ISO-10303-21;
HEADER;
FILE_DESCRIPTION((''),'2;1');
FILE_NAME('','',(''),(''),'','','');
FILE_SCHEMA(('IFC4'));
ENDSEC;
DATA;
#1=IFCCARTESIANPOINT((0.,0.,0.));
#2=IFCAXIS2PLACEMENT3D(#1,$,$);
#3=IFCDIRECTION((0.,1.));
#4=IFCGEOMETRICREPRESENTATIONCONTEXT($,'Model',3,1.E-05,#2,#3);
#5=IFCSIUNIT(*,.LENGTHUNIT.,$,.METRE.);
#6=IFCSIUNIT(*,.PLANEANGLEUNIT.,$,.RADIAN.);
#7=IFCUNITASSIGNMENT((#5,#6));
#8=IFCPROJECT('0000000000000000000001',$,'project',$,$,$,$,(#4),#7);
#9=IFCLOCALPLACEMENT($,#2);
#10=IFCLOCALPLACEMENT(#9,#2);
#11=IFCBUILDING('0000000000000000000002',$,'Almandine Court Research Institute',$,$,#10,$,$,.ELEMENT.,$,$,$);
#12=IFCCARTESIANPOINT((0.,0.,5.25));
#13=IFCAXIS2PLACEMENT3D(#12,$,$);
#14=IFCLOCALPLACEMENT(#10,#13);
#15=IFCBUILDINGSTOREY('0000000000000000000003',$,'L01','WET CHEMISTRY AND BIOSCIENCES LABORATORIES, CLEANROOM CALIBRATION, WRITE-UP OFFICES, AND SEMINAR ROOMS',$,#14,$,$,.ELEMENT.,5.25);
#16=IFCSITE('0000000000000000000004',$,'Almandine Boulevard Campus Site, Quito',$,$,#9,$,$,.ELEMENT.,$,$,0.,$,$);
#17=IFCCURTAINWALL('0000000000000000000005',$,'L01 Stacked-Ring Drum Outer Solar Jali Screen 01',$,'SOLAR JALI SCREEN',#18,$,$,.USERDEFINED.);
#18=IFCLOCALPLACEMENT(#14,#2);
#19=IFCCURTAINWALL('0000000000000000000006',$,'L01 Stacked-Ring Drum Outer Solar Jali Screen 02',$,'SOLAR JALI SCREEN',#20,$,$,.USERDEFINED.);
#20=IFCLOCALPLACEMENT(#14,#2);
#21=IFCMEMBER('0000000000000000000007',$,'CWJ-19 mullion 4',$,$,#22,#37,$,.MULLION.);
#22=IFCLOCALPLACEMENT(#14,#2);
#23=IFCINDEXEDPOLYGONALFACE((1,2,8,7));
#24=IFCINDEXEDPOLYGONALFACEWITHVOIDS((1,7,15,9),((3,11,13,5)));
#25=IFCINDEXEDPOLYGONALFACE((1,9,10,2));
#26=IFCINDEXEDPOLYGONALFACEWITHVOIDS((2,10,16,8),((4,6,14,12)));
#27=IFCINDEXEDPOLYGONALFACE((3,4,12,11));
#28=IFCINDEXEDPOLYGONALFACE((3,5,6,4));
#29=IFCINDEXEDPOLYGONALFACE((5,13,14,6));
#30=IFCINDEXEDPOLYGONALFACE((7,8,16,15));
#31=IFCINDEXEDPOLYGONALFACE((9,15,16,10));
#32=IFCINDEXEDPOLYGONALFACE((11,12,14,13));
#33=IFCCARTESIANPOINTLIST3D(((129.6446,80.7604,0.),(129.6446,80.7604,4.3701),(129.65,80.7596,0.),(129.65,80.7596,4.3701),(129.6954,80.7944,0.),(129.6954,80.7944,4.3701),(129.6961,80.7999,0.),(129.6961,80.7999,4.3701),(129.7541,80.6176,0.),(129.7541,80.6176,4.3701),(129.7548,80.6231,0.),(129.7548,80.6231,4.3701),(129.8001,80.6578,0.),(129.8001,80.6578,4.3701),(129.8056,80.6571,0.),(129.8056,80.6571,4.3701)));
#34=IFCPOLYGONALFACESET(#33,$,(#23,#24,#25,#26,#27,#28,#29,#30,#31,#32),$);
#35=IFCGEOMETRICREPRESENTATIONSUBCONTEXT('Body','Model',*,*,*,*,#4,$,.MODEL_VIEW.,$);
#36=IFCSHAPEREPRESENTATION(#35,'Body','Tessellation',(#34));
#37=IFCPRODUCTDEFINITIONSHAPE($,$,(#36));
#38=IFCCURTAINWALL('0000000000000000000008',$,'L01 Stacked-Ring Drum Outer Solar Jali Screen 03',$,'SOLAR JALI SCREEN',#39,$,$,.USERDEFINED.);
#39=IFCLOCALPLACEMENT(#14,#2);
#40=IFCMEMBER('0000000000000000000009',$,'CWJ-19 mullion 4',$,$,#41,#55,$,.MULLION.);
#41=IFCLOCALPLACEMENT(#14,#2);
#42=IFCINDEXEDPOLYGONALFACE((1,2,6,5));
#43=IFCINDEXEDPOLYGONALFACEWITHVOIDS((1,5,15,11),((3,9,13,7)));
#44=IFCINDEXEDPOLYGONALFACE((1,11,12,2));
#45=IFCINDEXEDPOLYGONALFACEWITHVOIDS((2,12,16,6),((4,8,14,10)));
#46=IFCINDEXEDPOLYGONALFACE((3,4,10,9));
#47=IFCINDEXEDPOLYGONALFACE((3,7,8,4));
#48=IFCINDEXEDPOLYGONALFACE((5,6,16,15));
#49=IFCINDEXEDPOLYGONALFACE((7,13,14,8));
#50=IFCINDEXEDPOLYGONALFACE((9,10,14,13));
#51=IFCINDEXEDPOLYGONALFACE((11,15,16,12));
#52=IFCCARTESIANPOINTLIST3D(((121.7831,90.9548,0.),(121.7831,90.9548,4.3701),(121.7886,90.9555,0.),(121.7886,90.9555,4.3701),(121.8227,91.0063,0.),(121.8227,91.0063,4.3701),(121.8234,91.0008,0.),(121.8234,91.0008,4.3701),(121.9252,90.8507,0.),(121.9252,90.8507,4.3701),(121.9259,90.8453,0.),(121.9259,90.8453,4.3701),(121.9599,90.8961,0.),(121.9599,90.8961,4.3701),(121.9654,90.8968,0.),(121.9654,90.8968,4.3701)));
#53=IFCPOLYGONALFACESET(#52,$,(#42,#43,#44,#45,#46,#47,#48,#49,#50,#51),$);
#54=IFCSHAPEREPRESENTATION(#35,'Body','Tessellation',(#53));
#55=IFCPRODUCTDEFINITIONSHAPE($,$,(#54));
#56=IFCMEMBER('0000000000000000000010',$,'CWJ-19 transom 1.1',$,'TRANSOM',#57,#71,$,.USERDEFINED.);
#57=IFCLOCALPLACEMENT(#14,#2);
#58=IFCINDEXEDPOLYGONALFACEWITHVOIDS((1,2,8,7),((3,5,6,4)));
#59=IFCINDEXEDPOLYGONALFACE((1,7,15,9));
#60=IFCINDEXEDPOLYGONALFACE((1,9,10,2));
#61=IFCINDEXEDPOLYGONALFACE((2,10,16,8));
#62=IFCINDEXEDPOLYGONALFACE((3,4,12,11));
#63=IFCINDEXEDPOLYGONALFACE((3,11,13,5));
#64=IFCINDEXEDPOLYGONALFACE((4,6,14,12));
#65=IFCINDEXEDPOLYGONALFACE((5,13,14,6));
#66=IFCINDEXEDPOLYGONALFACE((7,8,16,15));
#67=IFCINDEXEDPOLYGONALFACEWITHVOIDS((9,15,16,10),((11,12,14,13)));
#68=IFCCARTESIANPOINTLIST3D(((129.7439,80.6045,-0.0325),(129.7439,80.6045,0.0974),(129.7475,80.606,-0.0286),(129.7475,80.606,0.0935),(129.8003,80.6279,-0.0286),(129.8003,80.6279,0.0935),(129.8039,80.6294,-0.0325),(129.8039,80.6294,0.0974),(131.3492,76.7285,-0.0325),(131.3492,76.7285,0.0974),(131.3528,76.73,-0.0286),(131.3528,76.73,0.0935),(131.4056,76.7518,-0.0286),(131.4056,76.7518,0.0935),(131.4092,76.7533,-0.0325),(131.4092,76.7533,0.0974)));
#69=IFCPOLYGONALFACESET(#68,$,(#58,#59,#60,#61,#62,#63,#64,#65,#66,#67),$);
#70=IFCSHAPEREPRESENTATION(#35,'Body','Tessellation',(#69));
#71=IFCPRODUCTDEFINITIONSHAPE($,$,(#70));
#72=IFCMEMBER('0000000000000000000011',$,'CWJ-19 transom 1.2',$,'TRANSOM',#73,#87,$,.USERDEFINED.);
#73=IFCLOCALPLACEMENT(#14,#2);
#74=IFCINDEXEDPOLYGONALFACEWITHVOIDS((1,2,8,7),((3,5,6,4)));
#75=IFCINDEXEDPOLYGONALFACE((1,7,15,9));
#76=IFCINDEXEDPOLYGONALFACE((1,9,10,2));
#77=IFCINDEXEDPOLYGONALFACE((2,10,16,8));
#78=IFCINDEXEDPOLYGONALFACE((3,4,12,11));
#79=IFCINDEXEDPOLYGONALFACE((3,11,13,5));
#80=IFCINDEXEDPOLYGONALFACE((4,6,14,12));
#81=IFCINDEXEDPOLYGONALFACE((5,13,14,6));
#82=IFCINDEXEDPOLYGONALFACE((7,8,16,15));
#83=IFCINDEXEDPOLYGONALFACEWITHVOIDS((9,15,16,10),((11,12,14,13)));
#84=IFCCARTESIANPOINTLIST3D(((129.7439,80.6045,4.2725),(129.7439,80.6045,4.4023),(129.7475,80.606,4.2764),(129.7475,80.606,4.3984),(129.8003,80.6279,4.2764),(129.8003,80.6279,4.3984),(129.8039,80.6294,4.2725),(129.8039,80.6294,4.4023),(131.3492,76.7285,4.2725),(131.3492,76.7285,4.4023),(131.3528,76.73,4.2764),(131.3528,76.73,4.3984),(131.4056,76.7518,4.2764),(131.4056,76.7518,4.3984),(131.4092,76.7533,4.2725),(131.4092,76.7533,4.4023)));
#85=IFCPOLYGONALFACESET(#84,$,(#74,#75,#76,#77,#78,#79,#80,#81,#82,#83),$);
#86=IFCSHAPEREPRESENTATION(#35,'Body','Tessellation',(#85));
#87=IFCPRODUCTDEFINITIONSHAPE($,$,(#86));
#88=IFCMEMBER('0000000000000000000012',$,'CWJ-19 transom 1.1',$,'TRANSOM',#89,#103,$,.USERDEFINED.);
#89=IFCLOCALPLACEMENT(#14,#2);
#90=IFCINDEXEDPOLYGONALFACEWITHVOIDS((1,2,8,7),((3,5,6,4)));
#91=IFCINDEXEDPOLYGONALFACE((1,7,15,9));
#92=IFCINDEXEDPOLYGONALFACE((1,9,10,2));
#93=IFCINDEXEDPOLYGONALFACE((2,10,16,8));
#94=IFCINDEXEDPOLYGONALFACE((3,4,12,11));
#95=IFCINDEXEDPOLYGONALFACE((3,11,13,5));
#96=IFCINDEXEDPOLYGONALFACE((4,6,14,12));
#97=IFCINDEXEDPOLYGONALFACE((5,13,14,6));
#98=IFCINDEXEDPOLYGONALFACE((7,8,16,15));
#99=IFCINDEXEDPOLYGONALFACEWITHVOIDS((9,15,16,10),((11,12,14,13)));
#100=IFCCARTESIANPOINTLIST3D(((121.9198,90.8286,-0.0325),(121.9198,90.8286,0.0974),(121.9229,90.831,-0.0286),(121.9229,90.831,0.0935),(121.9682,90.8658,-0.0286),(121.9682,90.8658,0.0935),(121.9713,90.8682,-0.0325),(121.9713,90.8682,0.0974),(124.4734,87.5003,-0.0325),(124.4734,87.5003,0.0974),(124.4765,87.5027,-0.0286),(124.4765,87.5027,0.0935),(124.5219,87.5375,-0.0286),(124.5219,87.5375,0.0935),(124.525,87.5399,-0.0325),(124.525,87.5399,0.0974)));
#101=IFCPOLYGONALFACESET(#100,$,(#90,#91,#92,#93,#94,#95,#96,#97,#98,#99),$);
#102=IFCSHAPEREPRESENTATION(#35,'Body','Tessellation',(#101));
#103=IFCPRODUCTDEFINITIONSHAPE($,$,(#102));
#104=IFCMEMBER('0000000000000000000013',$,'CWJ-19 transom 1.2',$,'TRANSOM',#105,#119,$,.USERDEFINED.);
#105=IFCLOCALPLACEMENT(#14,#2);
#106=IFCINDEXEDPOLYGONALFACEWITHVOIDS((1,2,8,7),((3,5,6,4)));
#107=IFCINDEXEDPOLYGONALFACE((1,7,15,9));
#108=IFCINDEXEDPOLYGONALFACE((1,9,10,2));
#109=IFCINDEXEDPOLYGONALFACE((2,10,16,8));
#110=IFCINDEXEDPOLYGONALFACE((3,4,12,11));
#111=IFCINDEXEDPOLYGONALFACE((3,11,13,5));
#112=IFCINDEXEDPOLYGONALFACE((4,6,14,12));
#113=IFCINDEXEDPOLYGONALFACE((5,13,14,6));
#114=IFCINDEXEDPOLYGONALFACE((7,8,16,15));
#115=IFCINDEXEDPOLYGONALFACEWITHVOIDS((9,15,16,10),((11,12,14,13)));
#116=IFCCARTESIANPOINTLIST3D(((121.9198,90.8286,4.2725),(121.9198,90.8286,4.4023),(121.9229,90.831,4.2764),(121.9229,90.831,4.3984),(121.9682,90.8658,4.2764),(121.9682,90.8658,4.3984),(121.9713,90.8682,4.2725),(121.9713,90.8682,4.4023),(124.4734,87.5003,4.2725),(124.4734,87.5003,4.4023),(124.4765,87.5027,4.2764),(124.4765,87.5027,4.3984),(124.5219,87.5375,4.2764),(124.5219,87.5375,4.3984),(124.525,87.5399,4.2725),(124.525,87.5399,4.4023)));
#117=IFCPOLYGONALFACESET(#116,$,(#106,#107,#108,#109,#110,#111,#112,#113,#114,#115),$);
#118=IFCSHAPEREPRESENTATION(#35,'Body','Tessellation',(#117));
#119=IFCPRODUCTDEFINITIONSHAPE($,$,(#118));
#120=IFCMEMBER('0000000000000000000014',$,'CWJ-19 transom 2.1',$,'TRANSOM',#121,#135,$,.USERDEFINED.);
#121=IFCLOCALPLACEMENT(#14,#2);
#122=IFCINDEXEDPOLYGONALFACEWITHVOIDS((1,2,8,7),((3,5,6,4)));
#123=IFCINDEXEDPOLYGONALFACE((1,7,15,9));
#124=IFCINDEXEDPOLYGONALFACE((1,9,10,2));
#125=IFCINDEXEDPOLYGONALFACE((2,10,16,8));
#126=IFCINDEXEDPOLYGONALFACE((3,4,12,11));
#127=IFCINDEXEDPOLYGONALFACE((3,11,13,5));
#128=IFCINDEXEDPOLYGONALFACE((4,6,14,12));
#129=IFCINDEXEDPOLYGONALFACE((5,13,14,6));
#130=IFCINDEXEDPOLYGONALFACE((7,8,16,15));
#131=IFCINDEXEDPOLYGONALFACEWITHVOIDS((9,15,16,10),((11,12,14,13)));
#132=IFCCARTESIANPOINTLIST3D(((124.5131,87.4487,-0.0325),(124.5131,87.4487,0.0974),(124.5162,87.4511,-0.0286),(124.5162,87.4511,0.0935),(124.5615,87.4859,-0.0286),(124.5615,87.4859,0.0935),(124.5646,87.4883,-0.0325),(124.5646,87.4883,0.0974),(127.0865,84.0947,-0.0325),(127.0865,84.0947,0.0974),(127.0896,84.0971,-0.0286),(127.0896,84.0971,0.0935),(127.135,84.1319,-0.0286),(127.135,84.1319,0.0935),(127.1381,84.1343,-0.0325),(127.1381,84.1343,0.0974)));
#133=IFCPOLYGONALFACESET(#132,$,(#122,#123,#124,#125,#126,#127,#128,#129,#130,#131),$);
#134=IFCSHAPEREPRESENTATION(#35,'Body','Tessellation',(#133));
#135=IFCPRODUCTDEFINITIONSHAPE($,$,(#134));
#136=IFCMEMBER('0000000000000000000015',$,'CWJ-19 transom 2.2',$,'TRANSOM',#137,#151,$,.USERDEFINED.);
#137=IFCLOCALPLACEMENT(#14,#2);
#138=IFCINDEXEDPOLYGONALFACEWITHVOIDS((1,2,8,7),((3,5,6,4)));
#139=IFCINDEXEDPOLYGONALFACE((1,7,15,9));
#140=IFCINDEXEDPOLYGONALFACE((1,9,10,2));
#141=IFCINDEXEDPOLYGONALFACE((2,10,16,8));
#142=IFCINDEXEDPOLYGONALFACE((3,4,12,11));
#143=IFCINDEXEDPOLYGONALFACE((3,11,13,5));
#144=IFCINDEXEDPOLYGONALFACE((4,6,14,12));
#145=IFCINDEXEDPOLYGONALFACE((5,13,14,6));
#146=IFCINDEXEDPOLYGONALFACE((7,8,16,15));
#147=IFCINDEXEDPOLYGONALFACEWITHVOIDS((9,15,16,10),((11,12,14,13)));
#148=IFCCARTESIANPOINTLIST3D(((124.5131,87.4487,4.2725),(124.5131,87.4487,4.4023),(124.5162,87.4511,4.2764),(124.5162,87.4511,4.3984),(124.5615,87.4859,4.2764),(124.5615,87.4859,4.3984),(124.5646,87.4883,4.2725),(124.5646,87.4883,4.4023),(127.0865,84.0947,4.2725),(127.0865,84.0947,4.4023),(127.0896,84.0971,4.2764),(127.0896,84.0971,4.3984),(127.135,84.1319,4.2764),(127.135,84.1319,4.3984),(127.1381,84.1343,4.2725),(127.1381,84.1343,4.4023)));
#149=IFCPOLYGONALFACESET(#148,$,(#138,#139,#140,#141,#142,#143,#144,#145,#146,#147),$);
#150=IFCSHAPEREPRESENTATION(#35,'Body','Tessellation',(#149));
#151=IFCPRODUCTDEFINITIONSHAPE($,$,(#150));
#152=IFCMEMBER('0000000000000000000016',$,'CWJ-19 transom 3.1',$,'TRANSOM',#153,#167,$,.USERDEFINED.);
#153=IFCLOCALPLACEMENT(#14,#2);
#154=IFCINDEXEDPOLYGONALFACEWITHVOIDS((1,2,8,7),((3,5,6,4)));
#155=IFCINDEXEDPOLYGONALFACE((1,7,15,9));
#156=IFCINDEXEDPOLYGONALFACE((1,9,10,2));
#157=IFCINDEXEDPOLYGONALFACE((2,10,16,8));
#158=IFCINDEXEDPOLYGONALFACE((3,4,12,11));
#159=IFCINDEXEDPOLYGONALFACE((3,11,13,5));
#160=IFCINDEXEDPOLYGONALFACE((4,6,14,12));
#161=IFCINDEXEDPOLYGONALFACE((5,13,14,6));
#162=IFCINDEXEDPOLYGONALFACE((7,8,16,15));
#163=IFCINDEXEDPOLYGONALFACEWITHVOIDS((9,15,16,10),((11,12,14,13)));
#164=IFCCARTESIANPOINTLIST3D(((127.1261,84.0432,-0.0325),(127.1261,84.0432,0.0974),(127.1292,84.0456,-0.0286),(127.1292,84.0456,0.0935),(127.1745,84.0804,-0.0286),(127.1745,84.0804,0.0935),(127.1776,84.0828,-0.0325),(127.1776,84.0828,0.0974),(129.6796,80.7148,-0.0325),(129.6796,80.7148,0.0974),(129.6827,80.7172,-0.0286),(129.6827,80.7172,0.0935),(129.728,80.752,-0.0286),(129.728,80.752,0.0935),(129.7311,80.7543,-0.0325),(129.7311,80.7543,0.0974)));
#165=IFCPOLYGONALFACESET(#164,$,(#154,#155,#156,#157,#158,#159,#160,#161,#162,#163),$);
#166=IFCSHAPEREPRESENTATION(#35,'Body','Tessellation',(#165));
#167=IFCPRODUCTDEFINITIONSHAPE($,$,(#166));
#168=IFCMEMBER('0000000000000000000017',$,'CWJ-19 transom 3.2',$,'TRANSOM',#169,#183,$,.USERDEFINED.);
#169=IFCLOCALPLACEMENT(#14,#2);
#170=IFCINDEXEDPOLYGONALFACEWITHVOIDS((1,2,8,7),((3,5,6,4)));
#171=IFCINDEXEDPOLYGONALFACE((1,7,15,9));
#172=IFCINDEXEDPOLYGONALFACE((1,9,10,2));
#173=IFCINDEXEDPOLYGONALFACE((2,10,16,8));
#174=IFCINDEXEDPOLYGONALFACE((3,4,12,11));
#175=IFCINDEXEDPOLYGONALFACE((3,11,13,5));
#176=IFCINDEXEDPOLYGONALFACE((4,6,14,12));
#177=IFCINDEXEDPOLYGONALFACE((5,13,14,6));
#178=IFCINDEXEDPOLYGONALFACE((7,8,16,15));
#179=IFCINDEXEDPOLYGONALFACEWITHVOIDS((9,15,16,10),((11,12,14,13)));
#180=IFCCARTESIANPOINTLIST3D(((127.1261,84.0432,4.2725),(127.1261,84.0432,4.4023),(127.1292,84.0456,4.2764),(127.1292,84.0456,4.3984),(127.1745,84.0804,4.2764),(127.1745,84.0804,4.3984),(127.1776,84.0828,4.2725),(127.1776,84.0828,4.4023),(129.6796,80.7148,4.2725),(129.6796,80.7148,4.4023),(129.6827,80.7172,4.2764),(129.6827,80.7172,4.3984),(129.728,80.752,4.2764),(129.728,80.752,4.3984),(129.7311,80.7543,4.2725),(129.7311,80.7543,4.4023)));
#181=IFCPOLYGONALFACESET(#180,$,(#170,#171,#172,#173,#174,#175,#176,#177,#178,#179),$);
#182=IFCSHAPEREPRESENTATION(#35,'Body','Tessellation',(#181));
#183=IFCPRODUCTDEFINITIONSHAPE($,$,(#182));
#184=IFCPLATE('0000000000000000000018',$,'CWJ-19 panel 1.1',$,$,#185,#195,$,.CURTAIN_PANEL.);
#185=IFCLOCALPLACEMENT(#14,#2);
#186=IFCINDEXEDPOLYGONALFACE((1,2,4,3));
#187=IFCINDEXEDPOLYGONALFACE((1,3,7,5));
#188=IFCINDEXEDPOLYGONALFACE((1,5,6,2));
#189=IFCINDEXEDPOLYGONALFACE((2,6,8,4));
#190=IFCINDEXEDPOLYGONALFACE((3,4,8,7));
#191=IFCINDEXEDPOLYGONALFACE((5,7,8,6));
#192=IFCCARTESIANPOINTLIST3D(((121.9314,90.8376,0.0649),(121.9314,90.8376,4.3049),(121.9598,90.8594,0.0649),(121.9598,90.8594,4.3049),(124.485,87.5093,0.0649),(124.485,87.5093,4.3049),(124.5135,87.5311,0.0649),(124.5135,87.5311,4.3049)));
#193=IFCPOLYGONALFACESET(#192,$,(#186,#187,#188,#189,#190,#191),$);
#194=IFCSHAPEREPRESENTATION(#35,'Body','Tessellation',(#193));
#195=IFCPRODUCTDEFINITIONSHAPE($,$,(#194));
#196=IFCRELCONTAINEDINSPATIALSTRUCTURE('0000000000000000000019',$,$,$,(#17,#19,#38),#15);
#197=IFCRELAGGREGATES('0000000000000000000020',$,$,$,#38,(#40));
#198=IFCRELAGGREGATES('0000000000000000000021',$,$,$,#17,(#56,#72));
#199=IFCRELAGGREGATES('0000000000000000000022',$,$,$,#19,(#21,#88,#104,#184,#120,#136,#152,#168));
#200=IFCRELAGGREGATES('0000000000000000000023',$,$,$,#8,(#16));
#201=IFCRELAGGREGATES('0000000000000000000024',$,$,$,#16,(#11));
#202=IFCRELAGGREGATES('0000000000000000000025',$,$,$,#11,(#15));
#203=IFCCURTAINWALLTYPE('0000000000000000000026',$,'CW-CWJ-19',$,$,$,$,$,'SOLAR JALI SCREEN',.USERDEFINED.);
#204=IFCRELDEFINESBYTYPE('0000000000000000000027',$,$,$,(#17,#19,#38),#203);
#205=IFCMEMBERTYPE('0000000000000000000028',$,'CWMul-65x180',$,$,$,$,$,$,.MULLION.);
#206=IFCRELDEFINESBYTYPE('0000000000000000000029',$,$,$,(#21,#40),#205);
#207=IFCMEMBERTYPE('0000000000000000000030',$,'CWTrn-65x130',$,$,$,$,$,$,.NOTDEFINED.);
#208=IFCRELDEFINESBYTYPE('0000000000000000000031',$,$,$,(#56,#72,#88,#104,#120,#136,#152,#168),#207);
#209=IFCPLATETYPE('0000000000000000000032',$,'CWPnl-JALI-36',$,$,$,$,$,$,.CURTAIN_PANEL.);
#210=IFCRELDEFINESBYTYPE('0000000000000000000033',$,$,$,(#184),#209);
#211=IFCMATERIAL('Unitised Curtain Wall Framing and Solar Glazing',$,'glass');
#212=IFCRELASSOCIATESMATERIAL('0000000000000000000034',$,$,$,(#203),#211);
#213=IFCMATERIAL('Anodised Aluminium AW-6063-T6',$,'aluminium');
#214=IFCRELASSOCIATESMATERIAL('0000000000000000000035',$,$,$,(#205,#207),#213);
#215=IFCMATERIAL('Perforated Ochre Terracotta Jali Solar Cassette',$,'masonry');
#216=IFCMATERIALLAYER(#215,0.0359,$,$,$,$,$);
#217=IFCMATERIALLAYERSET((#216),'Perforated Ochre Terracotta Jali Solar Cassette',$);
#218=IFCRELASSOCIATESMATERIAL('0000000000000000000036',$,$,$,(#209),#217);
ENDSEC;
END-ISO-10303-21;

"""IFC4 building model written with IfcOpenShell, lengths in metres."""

from ifc_helpers import new_model, si_unit, direction, frame, origin, origin_2d, place, context, subcontext, project, spatial, rectangle, hollow_rectangle, extrude, material, layer, layer_set, material_profile, profile_set, type_object, element, aggregate, save


model = new_model("IFC4")

# Units and contexts
model_context = context("Model", 3, precision=1e-05, world=origin(), true_north=direction((0.0, 1.0)))
body_context = subcontext(model_context, "Body", "Model", "MODEL_VIEW")
ifc_project = project(units=[si_unit("LENGTHUNIT", "METRE"), si_unit("PLANEANGLEUNIT", "RADIAN")], contexts=[model_context])

# Site, building, storey
site_placement = place(None, origin())
site = spatial("IfcSite", under=ifc_project, at=site_placement, Name="Almandine Boulevard Campus Site, Quito", CompositionType="ELEMENT", RefElevation=0.0)
building_placement = place(site_placement, origin())
building = spatial("IfcBuilding", under=site, at=building_placement, Name="Almandine Court Research Institute", CompositionType="ELEMENT")
storey_placement = place(building_placement, frame((0.0, 0.0, 5.25)))
storey = spatial("IfcBuildingStorey", under=building, at=storey_placement, Name="L01", Description="WET CHEMISTRY AND BIOSCIENCES LABORATORIES, CLEANROOM CALIBRATION, WRITE-UP OFFICES, AND SEMINAR ROOMS", CompositionType="ELEMENT", Elevation=5.25)

# Curtain wall
ifc_material_1 = material(Name="Unitised Curtain Wall Framing and Solar Glazing", Category="glass")
curtain_wall_type = type_object("IfcCurtainWallType", Name="CW-CWJ-19", ElementType="SOLAR JALI SCREEN", PredefinedType="USERDEFINED", material=ifc_material_1)
curtain_wall_1_placement = place(storey_placement, origin())
curtain_wall_1 = element("IfcCurtainWall", 1, at=curtain_wall_1_placement, inside=storey, type_object=curtain_wall_type, Name="L01 Stacked-Ring Drum Outer Solar Jali Screen 01", ObjectType="SOLAR JALI SCREEN", PredefinedType="USERDEFINED")
ifc_material_2 = material(Name="Anodised Aluminium AW-6063-T6", Category="aluminium")
ifc_material_profile_1 = material_profile(ifc_material_2, hollow_rectangle(XDim=0.0649, YDim=0.1799, WallThickness=0.0039, at=origin_2d()), Name="ALU RHS 65x180x4")
ifc_profile_set_1 = profile_set([ifc_material_profile_1], Name="Anodised Aluminium AW-6063-T6")
member_type_1 = type_object("IfcMemberType", Name="CWMul-65x180", PredefinedType="MULLION", material=ifc_profile_set_1)

# Curtain wall, member
curtain_wall_2_placement = place(storey_placement, origin())
curtain_wall_2 = element("IfcCurtainWall", 2, at=curtain_wall_2_placement, inside=storey, type_object=curtain_wall_type, Name="L01 Stacked-Ring Drum Outer Solar Jali Screen 02", ObjectType="SOLAR JALI SCREEN", PredefinedType="USERDEFINED")
member_1_placement = place(storey_placement, frame((129.7251, 80.7087, 0.0), z_axis=(0.0, 0.0, 1.0), x_axis=(0.793383, 0.608723, 0.0)))
member_1 = element("IfcMember", 3, at=member_1_placement, type_object=member_type_1, Name="CWJ-19 mullion 4", PredefinedType="MULLION", context=body_context, shape_type="SweptSolid", body=[
    extrude(hollow_rectangle(XDim=0.0649, YDim=0.1799, WallThickness=0.0039, at=origin_2d()), origin(), (0.0, 0.0, 1.0), 4.3701),
])

# Curtain wall, member
curtain_wall_3_placement = place(storey_placement, origin())
curtain_wall_3 = element("IfcCurtainWall", 4, at=curtain_wall_3_placement, inside=storey, type_object=curtain_wall_type, Name="L01 Stacked-Ring Drum Outer Solar Jali Screen 03", ObjectType="SOLAR JALI SCREEN", PredefinedType="USERDEFINED")
member_2_placement = place(storey_placement, frame((121.8743, 90.9258, 0.0), z_axis=(0.0, 0.0, 1.0), x_axis=(0.608723, 0.793383, 0.0)))
member_2 = element("IfcMember", 5, at=member_2_placement, type_object=member_type_1, Name="CWJ-19 mullion 4", PredefinedType="MULLION", context=body_context, shape_type="SweptSolid", body=[
    extrude(hollow_rectangle(XDim=0.0649, YDim=0.1799, WallThickness=0.0039, at=origin_2d()), origin(), (0.0, 0.0, 1.0), 4.3701),
])
aggregate(curtain_wall_3, [member_2])

# Members
ifc_material_profile_2 = material_profile(ifc_material_2, hollow_rectangle(XDim=0.0649, YDim=0.1299, WallThickness=0.0039, at=origin_2d()), Name="ALU RHS 65x130x4")
ifc_profile_set_2 = profile_set([ifc_material_profile_2], Name="Anodised Aluminium AW-6063-T6")
member_type_2 = type_object("IfcMemberType", Name="CWTrn-65x130", PredefinedType="NOTDEFINED", material=ifc_profile_set_2)
member_3_placement = place(storey_placement, frame((129.7739, 80.6169, 0.0325), z_axis=(0.382631, -0.923901, 0.0), x_axis=(0.923901, 0.382631, 0.0)))
member_3 = element("IfcMember", 6, at=member_3_placement, type_object=member_type_2, Name="CWJ-19 transom 1.1", ObjectType="TRANSOM", PredefinedType="USERDEFINED", context=body_context, shape_type="SweptSolid", body=[
    extrude(hollow_rectangle(XDim=0.0649, YDim=0.1299, WallThickness=0.0039, at=origin_2d()), origin(), (0.0, 0.0, 1.0), 4.1953),
])
member_4_placement = place(storey_placement, frame((129.7739, 80.6169, 4.3374), z_axis=(0.382631, -0.923901, 0.0), x_axis=(0.923901, 0.382631, 0.0)))
member_4 = element("IfcMember", 7, at=member_4_placement, type_object=member_type_2, Name="CWJ-19 transom 1.2", ObjectType="TRANSOM", PredefinedType="USERDEFINED", context=body_context, shape_type="SweptSolid", body=[
    extrude(hollow_rectangle(XDim=0.0649, YDim=0.1299, WallThickness=0.0039, at=origin_2d()), origin(), (0.0, 0.0, 1.0), 4.1953),
])
aggregate(curtain_wall_1, [member_3, member_4])
member_5_placement = place(storey_placement, frame((121.9456, 90.8484, 0.0325), z_axis=(0.608726, -0.793381, 0.0), x_axis=(0.793381, 0.608726, 0.0)))
member_5 = element("IfcMember", 8, at=member_5_placement, type_object=member_type_2, Name="CWJ-19 transom 1.1", ObjectType="TRANSOM", PredefinedType="USERDEFINED", context=body_context, shape_type="SweptSolid", body=[
    extrude(hollow_rectangle(XDim=0.0649, YDim=0.1299, WallThickness=0.0039, at=origin_2d()), origin(), (0.0, 0.0, 1.0), 4.1951),
])
member_6_placement = place(storey_placement, frame((121.9456, 90.8484, 4.3374), z_axis=(0.608726, -0.793381, 0.0), x_axis=(0.793381, 0.608726, 0.0)))
member_6 = element("IfcMember", 9, at=member_6_placement, type_object=member_type_2, Name="CWJ-19 transom 1.2", ObjectType="TRANSOM", PredefinedType="USERDEFINED", context=body_context, shape_type="SweptSolid", body=[
    extrude(hollow_rectangle(XDim=0.0649, YDim=0.1299, WallThickness=0.0039, at=origin_2d()), origin(), (0.0, 0.0, 1.0), 4.1951),
])
member_7_placement = place(storey_placement, frame((124.5388, 87.4685, 0.0325), z_axis=(0.608742, -0.793368, 0.0), x_axis=(0.793368, 0.608742, 0.0)))
member_7 = element("IfcMember", 10, at=member_7_placement, type_object=member_type_2, Name="CWJ-19 transom 2.1", ObjectType="TRANSOM", PredefinedType="USERDEFINED", context=body_context, shape_type="SweptSolid", body=[
    extrude(hollow_rectangle(XDim=0.0649, YDim=0.1299, WallThickness=0.0039, at=origin_2d()), origin(), (0.0, 0.0, 1.0), 4.2275),
])
member_8_placement = place(storey_placement, frame((124.5388, 87.4685, 4.3374), z_axis=(0.608742, -0.793368, 0.0), x_axis=(0.793368, 0.608742, 0.0)))
member_8 = element("IfcMember", 11, at=member_8_placement, type_object=member_type_2, Name="CWJ-19 transom 2.2", ObjectType="TRANSOM", PredefinedType="USERDEFINED", context=body_context, shape_type="SweptSolid", body=[
    extrude(hollow_rectangle(XDim=0.0649, YDim=0.1299, WallThickness=0.0039, at=origin_2d()), origin(), (0.0, 0.0, 1.0), 4.2275),
])
member_9_placement = place(storey_placement, frame((127.1519, 84.063, 0.0325), z_axis=(0.608689, -0.793409, 0.0), x_axis=(0.793409, 0.608689, 0.0)))
member_9 = element("IfcMember", 12, at=member_9_placement, type_object=member_type_2, Name="CWJ-19 transom 3.1", ObjectType="TRANSOM", PredefinedType="USERDEFINED", context=body_context, shape_type="SweptSolid", body=[
    extrude(hollow_rectangle(XDim=0.0649, YDim=0.1299, WallThickness=0.0039, at=origin_2d()), origin(), (0.0, 0.0, 1.0), 4.1951),
])
member_10_placement = place(storey_placement, frame((127.1519, 84.063, 4.3374), z_axis=(0.608689, -0.793409, 0.0), x_axis=(0.793409, 0.608689, 0.0)))
member_10 = element("IfcMember", 13, at=member_10_placement, type_object=member_type_2, Name="CWJ-19 transom 3.2", ObjectType="TRANSOM", PredefinedType="USERDEFINED", context=body_context, shape_type="SweptSolid", body=[
    extrude(hollow_rectangle(XDim=0.0649, YDim=0.1299, WallThickness=0.0039, at=origin_2d()), origin(), (0.0, 0.0, 1.0), 4.1951),
])

# Plate
ifc_material_3 = material(Name="Perforated Ochre Terracotta Jali Solar Cassette", Category="masonry")
ifc_layer_1 = layer(ifc_material_3, 0.0359)
ifc_layer_set_1 = layer_set([ifc_layer_1], Name="Perforated Ochre Terracotta Jali Solar Cassette")
plate_type = type_object("IfcPlateType", Name="CWPnl-JALI-36", PredefinedType="CURTAIN_PANEL", material=ifc_layer_set_1)
plate_1_placement = place(storey_placement, frame((123.2224, 89.1843, 0.0649), z_axis=(0.0, 0.0, 1.0), x_axis=(0.608723, -0.793383, 0.0)))
plate_1 = element("IfcPlate", 14, at=plate_1_placement, type_object=plate_type, Name="CWJ-19 panel 1.1", PredefinedType="CURTAIN_PANEL", context=body_context, shape_type="SweptSolid", body=[
    extrude(rectangle(XDim=4.1951, YDim=0.0359, at=origin_2d()), origin(), (0.0, 0.0, 1.0), 4.24),
])
aggregate(curtain_wall_2, [member_1, member_5, member_6, plate_1, member_7, member_8, member_9, member_10])

save(model, "model.ifc")
